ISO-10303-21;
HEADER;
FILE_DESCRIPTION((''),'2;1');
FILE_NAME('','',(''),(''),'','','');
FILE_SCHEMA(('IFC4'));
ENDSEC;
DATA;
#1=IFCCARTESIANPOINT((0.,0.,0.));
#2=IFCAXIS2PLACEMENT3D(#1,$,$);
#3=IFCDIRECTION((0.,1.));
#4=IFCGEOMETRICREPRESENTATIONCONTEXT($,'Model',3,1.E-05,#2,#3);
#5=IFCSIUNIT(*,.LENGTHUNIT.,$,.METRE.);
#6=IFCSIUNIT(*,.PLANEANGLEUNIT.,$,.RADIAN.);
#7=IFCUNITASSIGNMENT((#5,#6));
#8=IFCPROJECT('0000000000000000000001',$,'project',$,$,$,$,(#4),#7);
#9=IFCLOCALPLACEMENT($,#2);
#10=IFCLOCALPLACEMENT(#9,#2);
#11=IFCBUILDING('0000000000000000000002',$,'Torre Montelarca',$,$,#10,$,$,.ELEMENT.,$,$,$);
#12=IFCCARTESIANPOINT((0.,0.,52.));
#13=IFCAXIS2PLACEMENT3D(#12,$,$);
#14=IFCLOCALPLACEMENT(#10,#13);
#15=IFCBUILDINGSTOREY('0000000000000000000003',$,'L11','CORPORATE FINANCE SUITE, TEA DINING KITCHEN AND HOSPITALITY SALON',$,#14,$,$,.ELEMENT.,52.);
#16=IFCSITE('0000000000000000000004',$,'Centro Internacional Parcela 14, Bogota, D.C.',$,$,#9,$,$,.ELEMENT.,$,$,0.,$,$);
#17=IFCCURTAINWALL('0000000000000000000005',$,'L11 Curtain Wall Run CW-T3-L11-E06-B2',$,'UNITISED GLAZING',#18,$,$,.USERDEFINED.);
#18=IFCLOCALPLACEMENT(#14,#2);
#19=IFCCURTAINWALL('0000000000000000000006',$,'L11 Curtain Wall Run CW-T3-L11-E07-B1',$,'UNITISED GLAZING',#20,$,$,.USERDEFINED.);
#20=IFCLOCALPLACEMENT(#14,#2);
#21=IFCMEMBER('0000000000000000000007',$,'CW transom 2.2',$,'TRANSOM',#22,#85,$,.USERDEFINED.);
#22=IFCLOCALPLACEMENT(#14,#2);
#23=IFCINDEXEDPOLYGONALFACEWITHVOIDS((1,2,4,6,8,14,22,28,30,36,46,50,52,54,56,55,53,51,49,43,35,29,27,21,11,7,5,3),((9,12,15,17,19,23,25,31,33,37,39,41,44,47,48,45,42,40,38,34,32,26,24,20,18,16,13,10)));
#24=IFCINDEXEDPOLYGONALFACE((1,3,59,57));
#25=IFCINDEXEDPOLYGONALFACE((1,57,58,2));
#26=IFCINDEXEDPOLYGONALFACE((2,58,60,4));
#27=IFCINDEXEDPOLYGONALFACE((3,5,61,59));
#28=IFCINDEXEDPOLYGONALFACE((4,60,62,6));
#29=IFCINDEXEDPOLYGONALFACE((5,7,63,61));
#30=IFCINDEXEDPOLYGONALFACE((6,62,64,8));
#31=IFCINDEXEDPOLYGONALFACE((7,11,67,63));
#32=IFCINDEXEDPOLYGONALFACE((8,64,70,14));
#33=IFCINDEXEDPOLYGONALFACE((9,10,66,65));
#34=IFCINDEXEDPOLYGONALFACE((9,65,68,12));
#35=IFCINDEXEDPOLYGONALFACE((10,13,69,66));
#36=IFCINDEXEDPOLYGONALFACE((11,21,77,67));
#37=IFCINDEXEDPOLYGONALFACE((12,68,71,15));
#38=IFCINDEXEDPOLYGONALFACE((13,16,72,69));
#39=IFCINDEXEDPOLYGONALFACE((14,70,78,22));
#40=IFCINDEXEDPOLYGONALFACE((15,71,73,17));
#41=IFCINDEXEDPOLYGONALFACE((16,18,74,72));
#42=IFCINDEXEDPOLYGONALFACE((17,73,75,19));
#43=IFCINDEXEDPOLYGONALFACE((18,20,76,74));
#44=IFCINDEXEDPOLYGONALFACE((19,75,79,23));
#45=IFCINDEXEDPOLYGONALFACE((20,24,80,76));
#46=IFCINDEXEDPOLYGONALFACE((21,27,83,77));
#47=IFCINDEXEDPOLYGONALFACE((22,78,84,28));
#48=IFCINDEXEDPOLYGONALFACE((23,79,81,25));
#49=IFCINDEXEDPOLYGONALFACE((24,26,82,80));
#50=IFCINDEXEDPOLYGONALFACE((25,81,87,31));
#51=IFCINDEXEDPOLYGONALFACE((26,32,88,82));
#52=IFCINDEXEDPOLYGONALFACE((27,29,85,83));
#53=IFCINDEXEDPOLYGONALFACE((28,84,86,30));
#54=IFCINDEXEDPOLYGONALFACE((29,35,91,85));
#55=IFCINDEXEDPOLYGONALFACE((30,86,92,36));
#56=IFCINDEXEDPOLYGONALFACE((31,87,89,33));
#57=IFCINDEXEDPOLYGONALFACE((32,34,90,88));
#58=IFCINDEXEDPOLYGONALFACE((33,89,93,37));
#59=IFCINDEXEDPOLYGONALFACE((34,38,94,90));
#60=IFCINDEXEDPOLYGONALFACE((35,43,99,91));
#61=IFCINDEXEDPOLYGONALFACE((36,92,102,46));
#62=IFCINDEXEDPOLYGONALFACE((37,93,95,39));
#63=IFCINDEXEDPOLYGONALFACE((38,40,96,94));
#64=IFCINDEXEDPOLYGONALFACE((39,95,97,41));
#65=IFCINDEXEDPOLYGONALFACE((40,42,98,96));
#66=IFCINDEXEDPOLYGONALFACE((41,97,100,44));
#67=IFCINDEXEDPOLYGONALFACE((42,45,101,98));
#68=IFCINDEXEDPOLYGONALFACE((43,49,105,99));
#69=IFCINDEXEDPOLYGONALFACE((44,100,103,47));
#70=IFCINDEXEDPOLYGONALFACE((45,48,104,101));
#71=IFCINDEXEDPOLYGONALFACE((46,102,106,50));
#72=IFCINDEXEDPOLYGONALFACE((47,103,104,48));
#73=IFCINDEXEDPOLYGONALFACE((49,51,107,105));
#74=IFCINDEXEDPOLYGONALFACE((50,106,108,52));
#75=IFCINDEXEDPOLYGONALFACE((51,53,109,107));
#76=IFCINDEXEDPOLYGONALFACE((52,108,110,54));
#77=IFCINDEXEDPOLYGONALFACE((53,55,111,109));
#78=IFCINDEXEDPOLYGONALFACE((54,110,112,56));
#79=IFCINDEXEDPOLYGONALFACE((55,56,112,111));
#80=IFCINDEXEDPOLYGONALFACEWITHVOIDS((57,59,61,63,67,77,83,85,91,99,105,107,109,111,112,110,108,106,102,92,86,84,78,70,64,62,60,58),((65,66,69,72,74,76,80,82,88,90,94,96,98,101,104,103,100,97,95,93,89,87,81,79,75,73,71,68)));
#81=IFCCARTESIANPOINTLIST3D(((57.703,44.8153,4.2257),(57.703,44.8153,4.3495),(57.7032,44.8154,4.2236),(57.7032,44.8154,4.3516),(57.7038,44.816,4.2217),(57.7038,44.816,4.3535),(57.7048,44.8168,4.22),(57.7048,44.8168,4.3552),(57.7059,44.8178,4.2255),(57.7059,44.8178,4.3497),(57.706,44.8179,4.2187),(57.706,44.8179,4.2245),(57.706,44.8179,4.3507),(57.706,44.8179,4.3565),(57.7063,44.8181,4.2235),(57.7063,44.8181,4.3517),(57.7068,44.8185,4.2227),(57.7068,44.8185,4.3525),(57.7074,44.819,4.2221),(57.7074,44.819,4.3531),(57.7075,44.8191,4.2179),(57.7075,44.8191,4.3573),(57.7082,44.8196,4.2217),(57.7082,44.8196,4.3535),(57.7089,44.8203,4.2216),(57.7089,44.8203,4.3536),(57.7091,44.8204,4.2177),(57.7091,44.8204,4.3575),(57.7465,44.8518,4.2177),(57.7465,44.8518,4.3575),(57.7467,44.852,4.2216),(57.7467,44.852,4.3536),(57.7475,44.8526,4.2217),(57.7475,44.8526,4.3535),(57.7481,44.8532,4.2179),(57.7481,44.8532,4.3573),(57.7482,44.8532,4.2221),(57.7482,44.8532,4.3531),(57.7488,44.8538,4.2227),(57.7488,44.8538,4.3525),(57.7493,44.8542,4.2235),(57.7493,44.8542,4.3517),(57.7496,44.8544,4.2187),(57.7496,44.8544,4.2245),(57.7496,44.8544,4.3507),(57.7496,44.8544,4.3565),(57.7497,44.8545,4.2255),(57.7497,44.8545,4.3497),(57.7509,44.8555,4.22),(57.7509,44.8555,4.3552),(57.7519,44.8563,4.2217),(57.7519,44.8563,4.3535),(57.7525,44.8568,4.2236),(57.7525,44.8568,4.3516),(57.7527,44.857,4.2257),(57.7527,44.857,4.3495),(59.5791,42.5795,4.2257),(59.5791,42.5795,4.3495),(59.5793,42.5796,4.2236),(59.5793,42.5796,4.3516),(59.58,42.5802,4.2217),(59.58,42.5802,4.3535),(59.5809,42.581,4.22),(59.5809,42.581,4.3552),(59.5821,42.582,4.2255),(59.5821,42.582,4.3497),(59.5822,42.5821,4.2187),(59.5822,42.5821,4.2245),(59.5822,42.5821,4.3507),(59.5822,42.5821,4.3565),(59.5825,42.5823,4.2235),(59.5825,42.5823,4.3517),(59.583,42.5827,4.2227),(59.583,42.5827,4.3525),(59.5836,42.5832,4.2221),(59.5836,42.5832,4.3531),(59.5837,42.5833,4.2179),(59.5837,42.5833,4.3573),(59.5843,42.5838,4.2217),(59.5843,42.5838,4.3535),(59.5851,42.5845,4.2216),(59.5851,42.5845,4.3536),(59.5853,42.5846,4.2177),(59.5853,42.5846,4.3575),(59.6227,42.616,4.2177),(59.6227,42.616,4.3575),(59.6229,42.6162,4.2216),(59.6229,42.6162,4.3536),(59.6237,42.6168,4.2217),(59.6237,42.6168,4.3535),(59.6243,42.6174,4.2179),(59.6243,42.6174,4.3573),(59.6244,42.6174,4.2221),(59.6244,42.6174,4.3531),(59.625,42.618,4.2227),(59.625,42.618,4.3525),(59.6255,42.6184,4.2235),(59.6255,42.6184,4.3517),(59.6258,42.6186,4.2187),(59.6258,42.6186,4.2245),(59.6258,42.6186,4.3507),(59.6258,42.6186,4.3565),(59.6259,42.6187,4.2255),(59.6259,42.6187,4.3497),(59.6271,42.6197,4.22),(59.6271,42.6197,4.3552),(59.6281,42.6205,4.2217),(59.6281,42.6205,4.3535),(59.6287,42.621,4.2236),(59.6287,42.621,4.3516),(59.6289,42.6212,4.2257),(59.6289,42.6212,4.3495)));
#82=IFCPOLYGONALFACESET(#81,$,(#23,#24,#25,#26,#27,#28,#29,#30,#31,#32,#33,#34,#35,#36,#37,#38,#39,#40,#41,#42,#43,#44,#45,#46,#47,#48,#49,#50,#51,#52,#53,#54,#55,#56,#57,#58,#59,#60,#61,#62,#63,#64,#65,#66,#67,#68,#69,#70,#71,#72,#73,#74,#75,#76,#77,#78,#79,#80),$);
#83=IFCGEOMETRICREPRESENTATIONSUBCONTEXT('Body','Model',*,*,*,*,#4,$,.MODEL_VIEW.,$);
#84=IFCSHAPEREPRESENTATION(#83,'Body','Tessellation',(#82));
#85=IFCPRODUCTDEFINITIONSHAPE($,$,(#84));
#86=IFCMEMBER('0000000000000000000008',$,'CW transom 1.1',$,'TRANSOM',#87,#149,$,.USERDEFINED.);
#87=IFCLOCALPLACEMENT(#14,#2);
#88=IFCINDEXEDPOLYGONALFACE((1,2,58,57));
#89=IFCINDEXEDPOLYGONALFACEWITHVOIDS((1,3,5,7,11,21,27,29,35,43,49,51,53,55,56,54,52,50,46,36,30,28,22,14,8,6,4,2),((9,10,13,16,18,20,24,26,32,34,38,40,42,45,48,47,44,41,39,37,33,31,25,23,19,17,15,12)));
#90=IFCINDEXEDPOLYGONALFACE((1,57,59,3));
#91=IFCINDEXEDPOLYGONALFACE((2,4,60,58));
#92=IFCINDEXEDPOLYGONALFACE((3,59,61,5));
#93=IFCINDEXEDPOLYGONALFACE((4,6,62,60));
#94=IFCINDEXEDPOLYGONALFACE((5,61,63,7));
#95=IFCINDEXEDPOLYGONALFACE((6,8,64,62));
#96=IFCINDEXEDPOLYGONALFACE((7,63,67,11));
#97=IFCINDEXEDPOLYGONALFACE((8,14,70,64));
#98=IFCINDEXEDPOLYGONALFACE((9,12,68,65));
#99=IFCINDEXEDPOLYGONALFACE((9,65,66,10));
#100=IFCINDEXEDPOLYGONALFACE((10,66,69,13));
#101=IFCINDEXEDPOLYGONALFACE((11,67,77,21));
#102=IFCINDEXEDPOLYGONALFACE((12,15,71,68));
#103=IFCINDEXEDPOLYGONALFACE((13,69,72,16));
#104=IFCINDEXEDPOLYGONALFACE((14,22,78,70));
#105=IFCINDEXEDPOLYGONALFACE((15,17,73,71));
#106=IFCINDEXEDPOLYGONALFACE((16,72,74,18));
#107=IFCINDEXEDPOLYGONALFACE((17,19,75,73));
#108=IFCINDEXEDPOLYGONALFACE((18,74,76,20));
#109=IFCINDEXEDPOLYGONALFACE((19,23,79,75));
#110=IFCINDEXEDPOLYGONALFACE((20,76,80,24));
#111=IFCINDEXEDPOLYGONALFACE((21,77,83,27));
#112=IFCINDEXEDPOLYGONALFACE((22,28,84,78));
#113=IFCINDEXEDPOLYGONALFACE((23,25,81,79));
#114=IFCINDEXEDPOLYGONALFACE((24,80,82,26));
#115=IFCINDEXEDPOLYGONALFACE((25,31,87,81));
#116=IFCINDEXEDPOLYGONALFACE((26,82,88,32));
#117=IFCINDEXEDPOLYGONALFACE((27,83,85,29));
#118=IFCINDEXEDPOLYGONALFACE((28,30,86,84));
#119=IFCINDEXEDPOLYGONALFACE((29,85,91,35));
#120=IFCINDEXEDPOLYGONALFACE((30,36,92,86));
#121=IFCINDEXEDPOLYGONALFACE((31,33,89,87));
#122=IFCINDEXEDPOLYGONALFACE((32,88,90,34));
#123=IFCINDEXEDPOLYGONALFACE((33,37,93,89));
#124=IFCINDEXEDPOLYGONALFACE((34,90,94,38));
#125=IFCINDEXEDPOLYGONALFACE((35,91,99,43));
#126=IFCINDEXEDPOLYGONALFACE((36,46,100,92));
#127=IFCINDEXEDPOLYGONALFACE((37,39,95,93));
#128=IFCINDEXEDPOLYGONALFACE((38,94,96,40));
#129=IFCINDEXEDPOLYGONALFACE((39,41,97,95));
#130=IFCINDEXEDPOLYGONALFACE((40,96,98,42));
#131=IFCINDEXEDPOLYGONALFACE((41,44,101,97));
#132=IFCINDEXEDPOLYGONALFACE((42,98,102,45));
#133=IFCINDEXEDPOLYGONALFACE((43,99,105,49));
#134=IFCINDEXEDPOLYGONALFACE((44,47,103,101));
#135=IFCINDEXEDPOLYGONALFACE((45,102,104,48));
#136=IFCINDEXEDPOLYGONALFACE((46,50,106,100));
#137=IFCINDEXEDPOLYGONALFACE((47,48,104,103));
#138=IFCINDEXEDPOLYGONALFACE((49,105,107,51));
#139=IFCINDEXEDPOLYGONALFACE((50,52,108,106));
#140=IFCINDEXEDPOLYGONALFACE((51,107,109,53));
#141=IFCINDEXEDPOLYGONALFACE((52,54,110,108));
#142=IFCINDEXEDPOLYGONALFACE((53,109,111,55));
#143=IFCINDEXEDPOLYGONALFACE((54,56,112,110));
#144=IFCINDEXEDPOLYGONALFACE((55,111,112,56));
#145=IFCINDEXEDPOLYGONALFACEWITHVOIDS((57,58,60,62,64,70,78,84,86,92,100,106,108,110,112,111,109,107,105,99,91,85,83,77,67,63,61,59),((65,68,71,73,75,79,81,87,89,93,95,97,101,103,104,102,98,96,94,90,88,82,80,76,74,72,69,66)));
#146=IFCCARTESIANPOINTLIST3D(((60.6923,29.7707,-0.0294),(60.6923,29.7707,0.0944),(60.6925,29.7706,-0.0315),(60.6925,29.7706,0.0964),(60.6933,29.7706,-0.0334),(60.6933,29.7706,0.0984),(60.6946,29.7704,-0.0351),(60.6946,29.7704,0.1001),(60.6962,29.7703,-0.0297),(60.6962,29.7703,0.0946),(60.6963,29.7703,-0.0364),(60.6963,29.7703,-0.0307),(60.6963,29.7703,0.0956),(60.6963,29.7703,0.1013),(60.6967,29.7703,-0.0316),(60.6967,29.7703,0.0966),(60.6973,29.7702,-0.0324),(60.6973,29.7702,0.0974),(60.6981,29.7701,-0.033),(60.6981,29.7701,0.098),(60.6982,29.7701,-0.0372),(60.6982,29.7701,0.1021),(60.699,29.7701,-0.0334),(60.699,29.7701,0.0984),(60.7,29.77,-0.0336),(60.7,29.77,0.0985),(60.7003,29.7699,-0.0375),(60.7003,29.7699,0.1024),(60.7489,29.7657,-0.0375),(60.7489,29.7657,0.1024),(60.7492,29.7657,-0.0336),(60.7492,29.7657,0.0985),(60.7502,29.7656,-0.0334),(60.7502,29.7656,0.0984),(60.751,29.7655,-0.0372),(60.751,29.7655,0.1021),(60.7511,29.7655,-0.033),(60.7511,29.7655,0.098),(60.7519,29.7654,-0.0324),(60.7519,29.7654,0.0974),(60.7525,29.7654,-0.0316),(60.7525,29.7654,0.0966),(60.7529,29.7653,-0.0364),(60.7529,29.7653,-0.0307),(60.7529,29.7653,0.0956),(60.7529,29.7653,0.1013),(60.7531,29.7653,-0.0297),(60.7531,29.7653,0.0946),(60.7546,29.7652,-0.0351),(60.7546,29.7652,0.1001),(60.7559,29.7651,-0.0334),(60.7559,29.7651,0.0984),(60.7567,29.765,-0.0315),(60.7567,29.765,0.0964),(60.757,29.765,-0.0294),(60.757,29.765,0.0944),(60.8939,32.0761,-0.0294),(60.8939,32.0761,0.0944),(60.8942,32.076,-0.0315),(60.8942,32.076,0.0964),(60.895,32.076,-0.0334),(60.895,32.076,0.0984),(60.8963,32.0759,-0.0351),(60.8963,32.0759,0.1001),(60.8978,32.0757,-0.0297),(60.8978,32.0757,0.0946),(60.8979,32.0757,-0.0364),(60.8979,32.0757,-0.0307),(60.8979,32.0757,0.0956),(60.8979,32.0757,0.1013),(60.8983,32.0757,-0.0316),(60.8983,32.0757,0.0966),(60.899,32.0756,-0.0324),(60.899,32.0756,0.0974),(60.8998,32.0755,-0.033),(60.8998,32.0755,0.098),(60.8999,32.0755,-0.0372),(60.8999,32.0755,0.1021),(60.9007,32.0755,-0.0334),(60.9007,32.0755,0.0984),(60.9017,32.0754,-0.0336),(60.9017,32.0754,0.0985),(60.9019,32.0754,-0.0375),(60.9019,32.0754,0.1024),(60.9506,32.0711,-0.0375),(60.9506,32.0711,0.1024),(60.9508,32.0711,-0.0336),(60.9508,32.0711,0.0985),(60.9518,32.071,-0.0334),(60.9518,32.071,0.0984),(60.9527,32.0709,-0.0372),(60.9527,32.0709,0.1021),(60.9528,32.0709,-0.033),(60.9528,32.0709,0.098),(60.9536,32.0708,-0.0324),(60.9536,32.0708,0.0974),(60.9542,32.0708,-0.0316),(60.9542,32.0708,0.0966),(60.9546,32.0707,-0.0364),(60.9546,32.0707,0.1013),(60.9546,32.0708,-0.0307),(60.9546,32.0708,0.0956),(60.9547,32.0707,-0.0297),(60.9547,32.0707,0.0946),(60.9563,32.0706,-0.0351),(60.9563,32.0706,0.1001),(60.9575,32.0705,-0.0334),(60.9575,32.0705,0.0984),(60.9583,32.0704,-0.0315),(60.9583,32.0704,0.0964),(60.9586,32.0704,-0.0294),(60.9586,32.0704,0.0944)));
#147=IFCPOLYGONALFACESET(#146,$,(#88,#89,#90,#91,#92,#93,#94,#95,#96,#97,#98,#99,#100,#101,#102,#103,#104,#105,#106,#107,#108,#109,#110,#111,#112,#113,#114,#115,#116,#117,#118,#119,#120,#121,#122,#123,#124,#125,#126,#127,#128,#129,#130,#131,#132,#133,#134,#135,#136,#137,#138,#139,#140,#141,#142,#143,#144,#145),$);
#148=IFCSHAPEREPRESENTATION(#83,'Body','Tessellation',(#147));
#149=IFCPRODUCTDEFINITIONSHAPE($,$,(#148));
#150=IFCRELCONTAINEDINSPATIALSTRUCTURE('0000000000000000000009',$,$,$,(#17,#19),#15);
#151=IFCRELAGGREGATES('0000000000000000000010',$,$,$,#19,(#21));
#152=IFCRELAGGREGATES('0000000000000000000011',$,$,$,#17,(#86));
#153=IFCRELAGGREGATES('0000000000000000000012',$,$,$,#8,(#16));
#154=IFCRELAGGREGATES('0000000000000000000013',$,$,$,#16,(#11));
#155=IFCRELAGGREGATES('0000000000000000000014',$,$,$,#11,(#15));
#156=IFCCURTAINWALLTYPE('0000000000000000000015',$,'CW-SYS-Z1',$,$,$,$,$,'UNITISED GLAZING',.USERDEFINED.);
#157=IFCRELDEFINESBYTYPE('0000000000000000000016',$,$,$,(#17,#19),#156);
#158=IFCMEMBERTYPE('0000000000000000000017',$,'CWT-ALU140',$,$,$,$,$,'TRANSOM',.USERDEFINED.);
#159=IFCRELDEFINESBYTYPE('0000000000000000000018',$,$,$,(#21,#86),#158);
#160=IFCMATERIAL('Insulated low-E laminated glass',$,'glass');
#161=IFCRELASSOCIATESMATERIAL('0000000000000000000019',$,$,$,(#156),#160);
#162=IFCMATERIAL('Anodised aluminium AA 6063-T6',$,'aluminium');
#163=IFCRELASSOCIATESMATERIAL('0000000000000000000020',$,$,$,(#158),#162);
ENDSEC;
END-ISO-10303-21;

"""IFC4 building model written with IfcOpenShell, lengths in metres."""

from ifc_helpers import new_model, si_unit, direction, frame, origin, origin_2d, place, context, subcontext, project, spatial, hollow_rectangle, extrude, source, transform, mapped, material, material_profile, profile_set, type_object, element, aggregate, save


model = new_model("IFC4")

# Units and contexts
model_context = context("Model", 3, precision=1e-05, world=origin(), true_north=direction((0.0, 1.0)))
body_context = subcontext(model_context, "Body", "Model", "MODEL_VIEW")
ifc_project = project(units=[si_unit("LENGTHUNIT", "METRE"), si_unit("PLANEANGLEUNIT", "RADIAN")], contexts=[model_context])

# Site, building, storey
site_placement = place(None, origin())
site = spatial("IfcSite", under=ifc_project, at=site_placement, Name="Centro Internacional Parcela 14, Bogota, D.C.", CompositionType="ELEMENT", RefElevation=0.0)
building_placement = place(site_placement, origin())
building = spatial("IfcBuilding", under=site, at=building_placement, Name="Torre Montelarca", CompositionType="ELEMENT")
storey_placement = place(building_placement, frame((0.0, 0.0, 52.0)))
storey = spatial("IfcBuildingStorey", under=building, at=storey_placement, Name="L11", Description="CORPORATE FINANCE SUITE, TEA DINING KITCHEN AND HOSPITALITY SALON", CompositionType="ELEMENT", Elevation=52.0)

# Curtain walls
ifc_material_1 = material(Name="Insulated low-E laminated glass", Category="glass")
curtain_wall_type = type_object("IfcCurtainWallType", Name="CW-SYS-Z1", ElementType="UNITISED GLAZING", PredefinedType="USERDEFINED", material=ifc_material_1)
curtain_wall_1_placement = place(storey_placement, origin())
curtain_wall_1 = element("IfcCurtainWall", 1, at=curtain_wall_1_placement, inside=storey, type_object=curtain_wall_type, Name="L11 Curtain Wall Run CW-T3-L11-E06-B2", ObjectType="UNITISED GLAZING", PredefinedType="USERDEFINED")
ifc_material_2 = material(Name="Anodised aluminium AA 6063-T6", Category="aluminium")
curtain_wall_2_placement = place(storey_placement, origin())
curtain_wall_2 = element("IfcCurtainWall", 2, at=curtain_wall_2_placement, inside=storey, type_object=curtain_wall_type, Name="L11 Curtain Wall Run CW-T3-L11-E07-B1", ObjectType="UNITISED GLAZING", PredefinedType="USERDEFINED")

# Members
ifc_material_profile_1 = material_profile(ifc_material_2, hollow_rectangle(XDim=0.0649, YDim=0.1399, WallThickness=0.0039, InnerFilletRadius=0.0039, OuterFilletRadius=0.0081, at=origin_2d()), Name="ALU65X140X4", Category="aluminium")
ifc_profile_set_1 = profile_set([ifc_material_profile_1], Name="Anodised aluminium AA 6063-T6")
member_type_1 = type_object("IfcMemberType", Name="CWT-ALU140", ElementType="TRANSOM", PredefinedType="USERDEFINED", material=ifc_profile_set_1)
shared_shape_1 = source(origin(), body_context, "Body", "SweptSolid", [
    extrude(hollow_rectangle(XDim=0.0649, YDim=0.1399, WallThickness=0.0039, InnerFilletRadius=0.0039, OuterFilletRadius=0.0081, at=origin_2d()), origin(), (0.0, 0.0, 1.0), 2.9187),
])
member_1_placement = place(storey_placement, frame((59.604, 42.6003, 4.2876), z_axis=(-0.642813, 0.766023, 0.0), x_axis=(-0.766023, -0.642813, 0.0)))
member_1 = element("IfcMember", 3, at=member_1_placement, type_object=member_type_1, Name="CW transom 2.2", ObjectType="TRANSOM", PredefinedType="USERDEFINED", context=body_context, shape_type="MappedRepresentation", body=[
    mapped(shared_shape_1, transform((0.0, 0.0, 0.0), scale=1.0)),
])
shared_shape_2 = source(origin(), body_context, "Body", "SweptSolid", [
    extrude(hollow_rectangle(XDim=0.0649, YDim=0.1399, WallThickness=0.0039, InnerFilletRadius=0.0039, OuterFilletRadius=0.0081, at=origin_2d()), origin(), (0.0, 0.0, 1.0), 2.3142),
])
member_2_placement = place(storey_placement, frame((60.7246, 29.7678, 0.0325), z_axis=(0.087139, 0.996196, 0.0), x_axis=(-0.996196, 0.087139, 0.0)))
member_2 = element("IfcMember", 4, at=member_2_placement, type_object=member_type_1, Name="CW transom 1.1", ObjectType="TRANSOM", PredefinedType="USERDEFINED", context=body_context, shape_type="MappedRepresentation", body=[
    mapped(shared_shape_2, transform((0.0, 0.0, 0.0), scale=1.0)),
])

aggregate(curtain_wall_2, [member_1])
aggregate(curtain_wall_1, [member_2])

save(model, "model.ifc")
